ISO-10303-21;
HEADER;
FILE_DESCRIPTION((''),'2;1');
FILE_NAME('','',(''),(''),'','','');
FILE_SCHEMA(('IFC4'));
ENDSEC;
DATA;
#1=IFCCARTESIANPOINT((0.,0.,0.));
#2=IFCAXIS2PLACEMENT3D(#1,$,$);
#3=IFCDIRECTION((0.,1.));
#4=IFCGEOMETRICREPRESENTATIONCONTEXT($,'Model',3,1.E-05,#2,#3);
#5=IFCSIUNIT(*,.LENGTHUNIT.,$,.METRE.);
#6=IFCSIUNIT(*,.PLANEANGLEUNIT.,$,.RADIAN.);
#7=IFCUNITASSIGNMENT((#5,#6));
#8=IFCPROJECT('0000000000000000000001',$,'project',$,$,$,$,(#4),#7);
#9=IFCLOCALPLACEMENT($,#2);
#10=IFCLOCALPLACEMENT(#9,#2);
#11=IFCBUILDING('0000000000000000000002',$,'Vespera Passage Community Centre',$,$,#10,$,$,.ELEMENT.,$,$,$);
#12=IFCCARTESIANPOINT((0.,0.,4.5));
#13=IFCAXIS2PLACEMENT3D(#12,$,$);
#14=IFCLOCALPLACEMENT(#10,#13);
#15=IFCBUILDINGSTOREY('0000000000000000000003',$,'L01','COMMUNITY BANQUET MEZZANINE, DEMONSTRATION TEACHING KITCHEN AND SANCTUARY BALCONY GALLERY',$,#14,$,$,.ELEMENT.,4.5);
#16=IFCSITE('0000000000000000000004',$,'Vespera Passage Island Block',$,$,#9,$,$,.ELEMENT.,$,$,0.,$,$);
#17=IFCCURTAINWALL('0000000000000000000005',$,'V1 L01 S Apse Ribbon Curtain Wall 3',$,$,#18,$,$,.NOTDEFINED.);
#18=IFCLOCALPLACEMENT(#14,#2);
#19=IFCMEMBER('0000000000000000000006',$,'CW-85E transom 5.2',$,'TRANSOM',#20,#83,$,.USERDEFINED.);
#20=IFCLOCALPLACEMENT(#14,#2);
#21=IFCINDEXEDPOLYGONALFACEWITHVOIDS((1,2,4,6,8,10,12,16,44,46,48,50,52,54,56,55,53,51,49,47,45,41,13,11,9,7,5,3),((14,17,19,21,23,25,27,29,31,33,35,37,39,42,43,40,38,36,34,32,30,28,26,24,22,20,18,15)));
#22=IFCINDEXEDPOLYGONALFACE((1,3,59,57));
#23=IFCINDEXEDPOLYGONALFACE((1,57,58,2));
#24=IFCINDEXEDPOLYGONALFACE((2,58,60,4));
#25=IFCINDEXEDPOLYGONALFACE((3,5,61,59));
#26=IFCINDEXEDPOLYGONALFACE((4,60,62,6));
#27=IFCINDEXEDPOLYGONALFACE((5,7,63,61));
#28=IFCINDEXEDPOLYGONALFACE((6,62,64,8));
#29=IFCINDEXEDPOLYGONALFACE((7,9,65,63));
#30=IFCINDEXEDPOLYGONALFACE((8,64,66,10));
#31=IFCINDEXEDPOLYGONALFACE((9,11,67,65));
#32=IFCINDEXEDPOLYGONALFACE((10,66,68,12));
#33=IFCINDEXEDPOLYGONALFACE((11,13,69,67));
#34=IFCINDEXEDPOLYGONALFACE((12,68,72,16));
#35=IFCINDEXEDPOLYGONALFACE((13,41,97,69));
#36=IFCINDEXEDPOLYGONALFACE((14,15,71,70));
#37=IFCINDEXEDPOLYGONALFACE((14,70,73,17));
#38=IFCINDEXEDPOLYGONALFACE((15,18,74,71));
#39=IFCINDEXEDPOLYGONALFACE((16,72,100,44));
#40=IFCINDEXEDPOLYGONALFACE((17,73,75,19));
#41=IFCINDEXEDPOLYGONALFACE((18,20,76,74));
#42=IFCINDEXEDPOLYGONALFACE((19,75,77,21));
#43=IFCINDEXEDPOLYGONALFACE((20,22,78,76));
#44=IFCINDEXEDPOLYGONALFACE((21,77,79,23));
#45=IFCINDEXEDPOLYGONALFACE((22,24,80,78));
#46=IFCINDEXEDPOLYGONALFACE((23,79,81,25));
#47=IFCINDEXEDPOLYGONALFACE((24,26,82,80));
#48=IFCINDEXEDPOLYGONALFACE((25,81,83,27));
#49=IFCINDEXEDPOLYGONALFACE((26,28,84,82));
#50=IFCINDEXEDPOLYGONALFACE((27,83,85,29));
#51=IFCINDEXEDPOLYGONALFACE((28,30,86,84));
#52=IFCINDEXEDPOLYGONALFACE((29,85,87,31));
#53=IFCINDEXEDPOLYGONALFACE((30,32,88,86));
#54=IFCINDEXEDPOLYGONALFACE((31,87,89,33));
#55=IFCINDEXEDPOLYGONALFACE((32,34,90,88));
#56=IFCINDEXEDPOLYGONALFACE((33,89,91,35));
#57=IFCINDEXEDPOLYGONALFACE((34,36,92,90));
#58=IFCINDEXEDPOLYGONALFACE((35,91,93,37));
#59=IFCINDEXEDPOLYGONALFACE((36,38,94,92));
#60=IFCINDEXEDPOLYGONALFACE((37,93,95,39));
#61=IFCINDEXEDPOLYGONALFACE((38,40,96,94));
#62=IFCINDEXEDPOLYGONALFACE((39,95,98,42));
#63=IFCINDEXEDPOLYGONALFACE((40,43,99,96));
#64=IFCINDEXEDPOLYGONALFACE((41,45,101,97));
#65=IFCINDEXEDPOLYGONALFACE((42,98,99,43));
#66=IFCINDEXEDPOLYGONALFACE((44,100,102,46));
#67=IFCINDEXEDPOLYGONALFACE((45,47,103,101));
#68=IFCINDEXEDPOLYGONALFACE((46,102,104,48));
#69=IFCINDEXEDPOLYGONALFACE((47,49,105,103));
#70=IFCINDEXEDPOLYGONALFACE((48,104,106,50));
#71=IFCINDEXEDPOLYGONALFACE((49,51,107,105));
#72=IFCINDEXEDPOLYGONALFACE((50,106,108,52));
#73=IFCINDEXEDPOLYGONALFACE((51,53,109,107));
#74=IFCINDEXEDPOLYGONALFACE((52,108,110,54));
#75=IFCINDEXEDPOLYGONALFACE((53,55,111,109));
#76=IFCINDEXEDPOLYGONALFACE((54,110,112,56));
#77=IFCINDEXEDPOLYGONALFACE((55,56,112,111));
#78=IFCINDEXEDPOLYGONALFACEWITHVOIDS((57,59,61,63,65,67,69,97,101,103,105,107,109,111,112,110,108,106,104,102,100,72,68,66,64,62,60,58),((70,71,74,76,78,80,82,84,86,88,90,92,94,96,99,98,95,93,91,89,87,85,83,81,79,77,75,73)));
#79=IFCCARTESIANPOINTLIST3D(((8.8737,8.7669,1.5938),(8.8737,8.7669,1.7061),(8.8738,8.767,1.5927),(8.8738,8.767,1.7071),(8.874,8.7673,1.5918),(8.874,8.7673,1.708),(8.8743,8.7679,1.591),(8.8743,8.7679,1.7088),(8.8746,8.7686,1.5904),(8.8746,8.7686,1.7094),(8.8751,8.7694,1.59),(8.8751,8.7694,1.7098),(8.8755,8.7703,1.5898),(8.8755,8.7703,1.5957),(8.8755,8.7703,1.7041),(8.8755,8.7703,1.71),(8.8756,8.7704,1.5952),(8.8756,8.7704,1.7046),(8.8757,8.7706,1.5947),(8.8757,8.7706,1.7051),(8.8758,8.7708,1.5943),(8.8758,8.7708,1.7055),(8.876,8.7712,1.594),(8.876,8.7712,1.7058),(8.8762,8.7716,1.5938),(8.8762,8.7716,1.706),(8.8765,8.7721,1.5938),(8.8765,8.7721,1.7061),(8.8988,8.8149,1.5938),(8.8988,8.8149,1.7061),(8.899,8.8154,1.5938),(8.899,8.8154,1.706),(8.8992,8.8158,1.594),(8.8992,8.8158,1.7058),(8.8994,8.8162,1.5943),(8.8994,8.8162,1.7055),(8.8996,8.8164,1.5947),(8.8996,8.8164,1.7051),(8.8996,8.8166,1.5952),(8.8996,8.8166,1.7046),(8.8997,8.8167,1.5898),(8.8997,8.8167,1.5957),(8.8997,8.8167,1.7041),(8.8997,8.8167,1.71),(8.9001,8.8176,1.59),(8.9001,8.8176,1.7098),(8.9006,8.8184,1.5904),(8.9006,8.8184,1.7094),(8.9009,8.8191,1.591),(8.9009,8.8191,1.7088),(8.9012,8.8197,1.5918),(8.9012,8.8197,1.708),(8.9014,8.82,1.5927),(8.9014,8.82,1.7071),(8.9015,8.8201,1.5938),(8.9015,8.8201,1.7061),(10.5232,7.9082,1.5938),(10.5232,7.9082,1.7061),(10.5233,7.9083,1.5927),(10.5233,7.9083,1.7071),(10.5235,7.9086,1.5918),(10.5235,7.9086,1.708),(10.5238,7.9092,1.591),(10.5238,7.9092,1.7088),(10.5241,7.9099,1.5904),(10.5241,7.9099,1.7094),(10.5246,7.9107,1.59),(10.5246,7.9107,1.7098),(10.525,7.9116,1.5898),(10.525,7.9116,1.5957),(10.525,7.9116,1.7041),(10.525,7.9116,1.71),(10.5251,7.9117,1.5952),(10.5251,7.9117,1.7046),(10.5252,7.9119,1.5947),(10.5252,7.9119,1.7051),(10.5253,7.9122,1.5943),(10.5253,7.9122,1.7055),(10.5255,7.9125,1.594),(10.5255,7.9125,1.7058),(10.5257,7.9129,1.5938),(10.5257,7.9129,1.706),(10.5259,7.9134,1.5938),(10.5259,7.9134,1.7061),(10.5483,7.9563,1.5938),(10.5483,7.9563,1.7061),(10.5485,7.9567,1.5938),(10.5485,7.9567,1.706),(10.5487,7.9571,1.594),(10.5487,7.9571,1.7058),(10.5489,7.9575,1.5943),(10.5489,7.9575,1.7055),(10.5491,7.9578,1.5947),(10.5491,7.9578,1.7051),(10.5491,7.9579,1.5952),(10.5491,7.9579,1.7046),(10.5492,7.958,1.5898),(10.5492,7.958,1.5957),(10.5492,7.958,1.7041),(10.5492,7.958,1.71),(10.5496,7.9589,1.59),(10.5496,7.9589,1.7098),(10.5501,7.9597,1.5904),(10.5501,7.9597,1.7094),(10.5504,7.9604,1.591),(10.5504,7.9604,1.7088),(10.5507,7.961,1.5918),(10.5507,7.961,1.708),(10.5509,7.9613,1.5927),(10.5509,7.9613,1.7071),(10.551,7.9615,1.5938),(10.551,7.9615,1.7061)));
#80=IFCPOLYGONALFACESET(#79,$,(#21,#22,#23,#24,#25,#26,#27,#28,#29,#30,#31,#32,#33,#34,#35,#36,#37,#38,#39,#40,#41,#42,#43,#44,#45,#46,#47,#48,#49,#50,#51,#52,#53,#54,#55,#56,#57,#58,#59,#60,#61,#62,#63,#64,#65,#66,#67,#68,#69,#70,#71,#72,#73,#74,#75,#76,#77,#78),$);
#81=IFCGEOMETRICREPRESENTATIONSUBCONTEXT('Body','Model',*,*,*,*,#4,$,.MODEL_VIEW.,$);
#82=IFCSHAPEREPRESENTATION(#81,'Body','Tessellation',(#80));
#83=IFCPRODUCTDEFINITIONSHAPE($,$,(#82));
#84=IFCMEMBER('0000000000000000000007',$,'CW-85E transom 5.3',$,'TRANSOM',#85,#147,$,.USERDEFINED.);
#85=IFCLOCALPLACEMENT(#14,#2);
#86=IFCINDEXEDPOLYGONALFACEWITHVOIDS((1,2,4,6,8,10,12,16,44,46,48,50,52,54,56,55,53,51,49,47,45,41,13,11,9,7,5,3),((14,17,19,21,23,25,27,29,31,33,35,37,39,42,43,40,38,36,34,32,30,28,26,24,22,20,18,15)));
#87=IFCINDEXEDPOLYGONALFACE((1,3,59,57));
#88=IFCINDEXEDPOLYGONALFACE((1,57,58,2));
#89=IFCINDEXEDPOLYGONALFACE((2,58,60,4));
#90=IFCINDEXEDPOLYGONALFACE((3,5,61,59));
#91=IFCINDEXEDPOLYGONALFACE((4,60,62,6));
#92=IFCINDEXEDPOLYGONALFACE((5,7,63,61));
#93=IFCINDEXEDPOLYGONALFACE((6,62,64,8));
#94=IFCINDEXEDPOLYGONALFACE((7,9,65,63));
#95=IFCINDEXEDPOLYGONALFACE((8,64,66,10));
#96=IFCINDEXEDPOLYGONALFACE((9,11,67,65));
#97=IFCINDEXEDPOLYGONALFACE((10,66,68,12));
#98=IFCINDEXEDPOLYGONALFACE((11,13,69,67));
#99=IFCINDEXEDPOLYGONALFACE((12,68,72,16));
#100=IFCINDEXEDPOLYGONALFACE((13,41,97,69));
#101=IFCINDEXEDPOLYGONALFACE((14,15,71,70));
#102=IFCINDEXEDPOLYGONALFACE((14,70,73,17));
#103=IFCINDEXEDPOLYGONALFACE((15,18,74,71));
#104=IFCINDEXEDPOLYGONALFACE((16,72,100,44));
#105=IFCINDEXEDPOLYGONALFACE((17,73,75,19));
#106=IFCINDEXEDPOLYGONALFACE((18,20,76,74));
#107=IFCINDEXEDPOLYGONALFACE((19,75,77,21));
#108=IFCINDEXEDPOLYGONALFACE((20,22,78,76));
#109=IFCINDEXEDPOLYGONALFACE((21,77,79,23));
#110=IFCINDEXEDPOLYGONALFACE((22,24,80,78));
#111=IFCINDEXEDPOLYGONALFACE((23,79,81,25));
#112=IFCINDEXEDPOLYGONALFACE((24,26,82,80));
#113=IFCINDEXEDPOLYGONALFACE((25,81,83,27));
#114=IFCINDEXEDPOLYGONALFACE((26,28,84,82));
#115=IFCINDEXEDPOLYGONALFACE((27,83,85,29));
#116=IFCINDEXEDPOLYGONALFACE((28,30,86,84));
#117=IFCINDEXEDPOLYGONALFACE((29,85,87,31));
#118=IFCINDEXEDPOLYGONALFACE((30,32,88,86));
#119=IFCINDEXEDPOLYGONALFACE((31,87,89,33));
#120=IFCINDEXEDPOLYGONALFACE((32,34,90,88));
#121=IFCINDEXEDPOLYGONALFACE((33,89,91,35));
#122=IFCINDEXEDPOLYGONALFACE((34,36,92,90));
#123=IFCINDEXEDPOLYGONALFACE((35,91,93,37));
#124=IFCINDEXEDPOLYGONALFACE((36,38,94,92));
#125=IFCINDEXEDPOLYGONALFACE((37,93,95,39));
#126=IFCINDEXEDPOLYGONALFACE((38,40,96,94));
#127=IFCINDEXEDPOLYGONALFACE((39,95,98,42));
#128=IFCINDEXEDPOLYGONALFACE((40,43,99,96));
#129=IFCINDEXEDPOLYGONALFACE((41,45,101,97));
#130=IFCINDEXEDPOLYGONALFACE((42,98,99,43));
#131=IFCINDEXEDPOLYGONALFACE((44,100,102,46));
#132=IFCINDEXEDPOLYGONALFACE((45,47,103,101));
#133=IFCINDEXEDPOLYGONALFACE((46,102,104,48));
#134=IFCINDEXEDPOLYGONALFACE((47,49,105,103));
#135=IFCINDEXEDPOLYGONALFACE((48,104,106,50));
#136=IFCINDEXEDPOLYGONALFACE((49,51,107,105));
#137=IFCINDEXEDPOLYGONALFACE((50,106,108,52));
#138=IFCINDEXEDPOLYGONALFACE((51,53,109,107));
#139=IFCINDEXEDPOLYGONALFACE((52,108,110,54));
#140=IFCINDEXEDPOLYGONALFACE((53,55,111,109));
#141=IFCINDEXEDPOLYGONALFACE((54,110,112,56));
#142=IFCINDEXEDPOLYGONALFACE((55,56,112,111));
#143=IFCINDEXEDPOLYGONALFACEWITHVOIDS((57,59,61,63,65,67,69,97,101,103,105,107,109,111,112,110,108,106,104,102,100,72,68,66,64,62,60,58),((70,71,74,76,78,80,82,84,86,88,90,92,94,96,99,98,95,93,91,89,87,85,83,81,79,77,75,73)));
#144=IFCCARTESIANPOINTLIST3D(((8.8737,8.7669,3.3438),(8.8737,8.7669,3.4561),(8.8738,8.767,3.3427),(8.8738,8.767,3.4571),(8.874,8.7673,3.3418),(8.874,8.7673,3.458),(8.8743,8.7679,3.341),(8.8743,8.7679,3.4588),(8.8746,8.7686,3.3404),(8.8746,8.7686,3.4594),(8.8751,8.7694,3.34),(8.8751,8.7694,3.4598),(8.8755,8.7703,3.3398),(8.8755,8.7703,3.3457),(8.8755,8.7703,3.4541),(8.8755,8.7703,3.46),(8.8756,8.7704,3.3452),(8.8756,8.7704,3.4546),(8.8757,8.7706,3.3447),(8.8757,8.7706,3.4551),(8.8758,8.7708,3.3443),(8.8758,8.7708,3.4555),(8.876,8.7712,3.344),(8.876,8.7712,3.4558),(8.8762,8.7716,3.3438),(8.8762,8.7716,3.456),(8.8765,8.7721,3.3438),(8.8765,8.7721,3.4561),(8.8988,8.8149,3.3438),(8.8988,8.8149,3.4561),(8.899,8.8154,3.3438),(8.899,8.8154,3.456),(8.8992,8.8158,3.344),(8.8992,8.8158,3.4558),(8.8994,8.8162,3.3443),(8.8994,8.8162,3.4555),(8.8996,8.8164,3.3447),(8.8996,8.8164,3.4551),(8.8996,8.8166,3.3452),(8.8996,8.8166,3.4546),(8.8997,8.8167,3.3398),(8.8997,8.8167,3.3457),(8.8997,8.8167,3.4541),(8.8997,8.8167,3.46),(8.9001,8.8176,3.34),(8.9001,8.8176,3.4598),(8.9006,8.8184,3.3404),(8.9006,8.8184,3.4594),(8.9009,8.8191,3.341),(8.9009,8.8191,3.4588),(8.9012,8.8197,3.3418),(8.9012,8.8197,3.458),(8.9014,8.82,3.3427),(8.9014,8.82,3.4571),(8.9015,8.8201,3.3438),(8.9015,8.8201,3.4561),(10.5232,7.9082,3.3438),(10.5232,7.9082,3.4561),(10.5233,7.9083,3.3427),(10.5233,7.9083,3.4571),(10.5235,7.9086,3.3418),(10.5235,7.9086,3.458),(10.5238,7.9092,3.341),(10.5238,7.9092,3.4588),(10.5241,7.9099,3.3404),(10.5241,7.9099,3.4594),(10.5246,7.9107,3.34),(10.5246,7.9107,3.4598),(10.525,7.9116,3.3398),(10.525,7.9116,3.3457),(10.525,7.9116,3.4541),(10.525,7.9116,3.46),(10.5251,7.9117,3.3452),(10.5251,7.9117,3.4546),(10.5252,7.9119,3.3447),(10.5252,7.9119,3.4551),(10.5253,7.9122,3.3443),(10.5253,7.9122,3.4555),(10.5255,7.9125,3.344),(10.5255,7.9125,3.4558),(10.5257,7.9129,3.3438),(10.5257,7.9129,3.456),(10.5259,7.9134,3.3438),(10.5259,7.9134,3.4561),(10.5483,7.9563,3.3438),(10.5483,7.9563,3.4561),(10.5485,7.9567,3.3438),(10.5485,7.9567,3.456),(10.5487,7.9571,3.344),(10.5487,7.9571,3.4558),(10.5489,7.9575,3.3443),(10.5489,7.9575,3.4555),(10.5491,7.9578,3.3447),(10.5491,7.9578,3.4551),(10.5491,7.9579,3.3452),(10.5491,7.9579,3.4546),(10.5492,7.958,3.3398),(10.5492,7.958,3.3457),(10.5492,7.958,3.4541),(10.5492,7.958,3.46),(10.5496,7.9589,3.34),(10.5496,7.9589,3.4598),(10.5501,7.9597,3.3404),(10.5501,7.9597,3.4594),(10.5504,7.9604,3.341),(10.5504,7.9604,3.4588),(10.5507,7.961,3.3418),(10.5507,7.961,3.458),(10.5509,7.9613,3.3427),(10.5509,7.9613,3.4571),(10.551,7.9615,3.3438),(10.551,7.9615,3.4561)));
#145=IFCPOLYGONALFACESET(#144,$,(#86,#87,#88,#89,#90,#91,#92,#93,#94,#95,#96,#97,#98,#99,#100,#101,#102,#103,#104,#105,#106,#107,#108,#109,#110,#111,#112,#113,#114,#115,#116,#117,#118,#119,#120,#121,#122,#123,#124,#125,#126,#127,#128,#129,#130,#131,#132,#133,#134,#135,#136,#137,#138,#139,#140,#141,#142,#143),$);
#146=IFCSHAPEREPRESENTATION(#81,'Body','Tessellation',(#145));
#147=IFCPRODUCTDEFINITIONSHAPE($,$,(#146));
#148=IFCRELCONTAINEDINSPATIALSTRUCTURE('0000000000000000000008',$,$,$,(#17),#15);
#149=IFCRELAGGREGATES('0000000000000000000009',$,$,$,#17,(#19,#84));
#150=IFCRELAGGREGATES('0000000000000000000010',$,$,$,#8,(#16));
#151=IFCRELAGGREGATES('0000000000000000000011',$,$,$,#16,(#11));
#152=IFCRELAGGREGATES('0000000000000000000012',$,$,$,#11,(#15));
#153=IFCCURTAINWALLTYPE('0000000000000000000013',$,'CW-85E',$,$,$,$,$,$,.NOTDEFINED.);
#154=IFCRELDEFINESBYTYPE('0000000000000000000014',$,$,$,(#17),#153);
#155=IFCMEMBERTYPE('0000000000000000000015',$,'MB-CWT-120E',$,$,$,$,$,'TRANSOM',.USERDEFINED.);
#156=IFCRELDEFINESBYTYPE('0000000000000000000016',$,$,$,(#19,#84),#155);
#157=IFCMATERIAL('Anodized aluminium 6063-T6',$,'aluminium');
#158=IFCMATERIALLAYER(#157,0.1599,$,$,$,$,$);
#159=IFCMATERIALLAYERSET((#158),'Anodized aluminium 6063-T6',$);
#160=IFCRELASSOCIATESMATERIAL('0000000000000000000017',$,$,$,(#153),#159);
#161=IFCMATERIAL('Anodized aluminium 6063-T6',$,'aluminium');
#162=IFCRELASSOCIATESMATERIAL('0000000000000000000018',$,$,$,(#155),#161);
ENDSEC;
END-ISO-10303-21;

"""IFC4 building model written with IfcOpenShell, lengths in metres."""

from ifc_helpers import new_model, si_unit, direction, frame, origin, origin_2d, place, context, subcontext, project, spatial, hollow_rectangle, extrude, material, layer, layer_set, material_profile, profile_set, type_object, element, aggregate, save


model = new_model("IFC4")

# Units and contexts
model_context = context("Model", 3, precision=1e-05, world=origin(), true_north=direction((0.0, 1.0)))
body_context = subcontext(model_context, "Body", "Model", "MODEL_VIEW")
ifc_project = project(units=[si_unit("LENGTHUNIT", "METRE"), si_unit("PLANEANGLEUNIT", "RADIAN")], contexts=[model_context])

# Site, building, storey
site_placement = place(None, origin())
site = spatial("IfcSite", under=ifc_project, at=site_placement, Name="Vespera Passage Island Block", CompositionType="ELEMENT", RefElevation=0.0)
building_placement = place(site_placement, origin())
building = spatial("IfcBuilding", under=site, at=building_placement, Name="Vespera Passage Community Centre", CompositionType="ELEMENT")
storey_placement = place(building_placement, frame((0.0, 0.0, 4.5)))
storey = spatial("IfcBuildingStorey", under=building, at=storey_placement, Name="L01", Description="COMMUNITY BANQUET MEZZANINE, DEMONSTRATION TEACHING KITCHEN AND SANCTUARY BALCONY GALLERY", CompositionType="ELEMENT", Elevation=4.5)

# Curtain wall, members
ifc_material_1 = material(Name="Anodized aluminium 6063-T6", Category="aluminium")
ifc_layer_1 = layer(ifc_material_1, 0.1599)
ifc_layer_set_1 = layer_set([ifc_layer_1], Name="Anodized aluminium 6063-T6")
curtain_wall_type = type_object("IfcCurtainWallType", Name="CW-85E", PredefinedType="NOTDEFINED", material=ifc_layer_set_1)
curtain_wall_placement = place(storey_placement, origin())
curtain_wall = element("IfcCurtainWall", 1, at=curtain_wall_placement, inside=storey, type_object=curtain_wall_type, Name="V1 L01 S Apse Ribbon Curtain Wall 3", PredefinedType="NOTDEFINED")
ifc_material_2 = material(Name="Anodized aluminium 6063-T6", Category="aluminium")
ifc_material_profile_1 = material_profile(ifc_material_2, hollow_rectangle(XDim=0.0601, YDim=0.1201, WallThickness=0.0039, InnerFilletRadius=0.002, OuterFilletRadius=0.0039, at=origin_2d()), Name="ALU120X60X4")
ifc_profile_set_1 = profile_set([ifc_material_profile_1], Name="Anodized aluminium 6063-T6")
member_type_1 = type_object("IfcMemberType", Name="MB-CWT-120E", ElementType="TRANSOM", PredefinedType="USERDEFINED", material=ifc_profile_set_1)
member_1_placement = place(storey_placement, frame((10.5371, 7.9348, 1.6499), z_axis=(-0.887008, 0.461754, 0.0), x_axis=(-0.461754, -0.887008, 0.0)))
member_1 = element("IfcMember", 2, at=member_1_placement, type_object=member_type_1, Name="CW-85E transom 5.2", ObjectType="TRANSOM", PredefinedType="USERDEFINED", context=body_context, shape_type="SweptSolid", body=[
    extrude(hollow_rectangle(XDim=0.0601, YDim=0.1201, WallThickness=0.0039, InnerFilletRadius=0.002, OuterFilletRadius=0.0039, at=origin_2d()), origin(), (0.0, 0.0, 1.0), 1.8596),
])
member_2_placement = place(storey_placement, frame((10.5371, 7.9348, 3.3999), z_axis=(-0.887008, 0.461754, 0.0), x_axis=(-0.461754, -0.887008, 0.0)))
member_2 = element("IfcMember", 3, at=member_2_placement, type_object=member_type_1, Name="CW-85E transom 5.3", ObjectType="TRANSOM", PredefinedType="USERDEFINED", context=body_context, shape_type="SweptSolid", body=[
    extrude(hollow_rectangle(XDim=0.0601, YDim=0.1201, WallThickness=0.0039, InnerFilletRadius=0.002, OuterFilletRadius=0.0039, at=origin_2d()), origin(), (0.0, 0.0, 1.0), 1.8596),
])
aggregate(curtain_wall, [member_1, member_2])

save(model, "model.ifc")
